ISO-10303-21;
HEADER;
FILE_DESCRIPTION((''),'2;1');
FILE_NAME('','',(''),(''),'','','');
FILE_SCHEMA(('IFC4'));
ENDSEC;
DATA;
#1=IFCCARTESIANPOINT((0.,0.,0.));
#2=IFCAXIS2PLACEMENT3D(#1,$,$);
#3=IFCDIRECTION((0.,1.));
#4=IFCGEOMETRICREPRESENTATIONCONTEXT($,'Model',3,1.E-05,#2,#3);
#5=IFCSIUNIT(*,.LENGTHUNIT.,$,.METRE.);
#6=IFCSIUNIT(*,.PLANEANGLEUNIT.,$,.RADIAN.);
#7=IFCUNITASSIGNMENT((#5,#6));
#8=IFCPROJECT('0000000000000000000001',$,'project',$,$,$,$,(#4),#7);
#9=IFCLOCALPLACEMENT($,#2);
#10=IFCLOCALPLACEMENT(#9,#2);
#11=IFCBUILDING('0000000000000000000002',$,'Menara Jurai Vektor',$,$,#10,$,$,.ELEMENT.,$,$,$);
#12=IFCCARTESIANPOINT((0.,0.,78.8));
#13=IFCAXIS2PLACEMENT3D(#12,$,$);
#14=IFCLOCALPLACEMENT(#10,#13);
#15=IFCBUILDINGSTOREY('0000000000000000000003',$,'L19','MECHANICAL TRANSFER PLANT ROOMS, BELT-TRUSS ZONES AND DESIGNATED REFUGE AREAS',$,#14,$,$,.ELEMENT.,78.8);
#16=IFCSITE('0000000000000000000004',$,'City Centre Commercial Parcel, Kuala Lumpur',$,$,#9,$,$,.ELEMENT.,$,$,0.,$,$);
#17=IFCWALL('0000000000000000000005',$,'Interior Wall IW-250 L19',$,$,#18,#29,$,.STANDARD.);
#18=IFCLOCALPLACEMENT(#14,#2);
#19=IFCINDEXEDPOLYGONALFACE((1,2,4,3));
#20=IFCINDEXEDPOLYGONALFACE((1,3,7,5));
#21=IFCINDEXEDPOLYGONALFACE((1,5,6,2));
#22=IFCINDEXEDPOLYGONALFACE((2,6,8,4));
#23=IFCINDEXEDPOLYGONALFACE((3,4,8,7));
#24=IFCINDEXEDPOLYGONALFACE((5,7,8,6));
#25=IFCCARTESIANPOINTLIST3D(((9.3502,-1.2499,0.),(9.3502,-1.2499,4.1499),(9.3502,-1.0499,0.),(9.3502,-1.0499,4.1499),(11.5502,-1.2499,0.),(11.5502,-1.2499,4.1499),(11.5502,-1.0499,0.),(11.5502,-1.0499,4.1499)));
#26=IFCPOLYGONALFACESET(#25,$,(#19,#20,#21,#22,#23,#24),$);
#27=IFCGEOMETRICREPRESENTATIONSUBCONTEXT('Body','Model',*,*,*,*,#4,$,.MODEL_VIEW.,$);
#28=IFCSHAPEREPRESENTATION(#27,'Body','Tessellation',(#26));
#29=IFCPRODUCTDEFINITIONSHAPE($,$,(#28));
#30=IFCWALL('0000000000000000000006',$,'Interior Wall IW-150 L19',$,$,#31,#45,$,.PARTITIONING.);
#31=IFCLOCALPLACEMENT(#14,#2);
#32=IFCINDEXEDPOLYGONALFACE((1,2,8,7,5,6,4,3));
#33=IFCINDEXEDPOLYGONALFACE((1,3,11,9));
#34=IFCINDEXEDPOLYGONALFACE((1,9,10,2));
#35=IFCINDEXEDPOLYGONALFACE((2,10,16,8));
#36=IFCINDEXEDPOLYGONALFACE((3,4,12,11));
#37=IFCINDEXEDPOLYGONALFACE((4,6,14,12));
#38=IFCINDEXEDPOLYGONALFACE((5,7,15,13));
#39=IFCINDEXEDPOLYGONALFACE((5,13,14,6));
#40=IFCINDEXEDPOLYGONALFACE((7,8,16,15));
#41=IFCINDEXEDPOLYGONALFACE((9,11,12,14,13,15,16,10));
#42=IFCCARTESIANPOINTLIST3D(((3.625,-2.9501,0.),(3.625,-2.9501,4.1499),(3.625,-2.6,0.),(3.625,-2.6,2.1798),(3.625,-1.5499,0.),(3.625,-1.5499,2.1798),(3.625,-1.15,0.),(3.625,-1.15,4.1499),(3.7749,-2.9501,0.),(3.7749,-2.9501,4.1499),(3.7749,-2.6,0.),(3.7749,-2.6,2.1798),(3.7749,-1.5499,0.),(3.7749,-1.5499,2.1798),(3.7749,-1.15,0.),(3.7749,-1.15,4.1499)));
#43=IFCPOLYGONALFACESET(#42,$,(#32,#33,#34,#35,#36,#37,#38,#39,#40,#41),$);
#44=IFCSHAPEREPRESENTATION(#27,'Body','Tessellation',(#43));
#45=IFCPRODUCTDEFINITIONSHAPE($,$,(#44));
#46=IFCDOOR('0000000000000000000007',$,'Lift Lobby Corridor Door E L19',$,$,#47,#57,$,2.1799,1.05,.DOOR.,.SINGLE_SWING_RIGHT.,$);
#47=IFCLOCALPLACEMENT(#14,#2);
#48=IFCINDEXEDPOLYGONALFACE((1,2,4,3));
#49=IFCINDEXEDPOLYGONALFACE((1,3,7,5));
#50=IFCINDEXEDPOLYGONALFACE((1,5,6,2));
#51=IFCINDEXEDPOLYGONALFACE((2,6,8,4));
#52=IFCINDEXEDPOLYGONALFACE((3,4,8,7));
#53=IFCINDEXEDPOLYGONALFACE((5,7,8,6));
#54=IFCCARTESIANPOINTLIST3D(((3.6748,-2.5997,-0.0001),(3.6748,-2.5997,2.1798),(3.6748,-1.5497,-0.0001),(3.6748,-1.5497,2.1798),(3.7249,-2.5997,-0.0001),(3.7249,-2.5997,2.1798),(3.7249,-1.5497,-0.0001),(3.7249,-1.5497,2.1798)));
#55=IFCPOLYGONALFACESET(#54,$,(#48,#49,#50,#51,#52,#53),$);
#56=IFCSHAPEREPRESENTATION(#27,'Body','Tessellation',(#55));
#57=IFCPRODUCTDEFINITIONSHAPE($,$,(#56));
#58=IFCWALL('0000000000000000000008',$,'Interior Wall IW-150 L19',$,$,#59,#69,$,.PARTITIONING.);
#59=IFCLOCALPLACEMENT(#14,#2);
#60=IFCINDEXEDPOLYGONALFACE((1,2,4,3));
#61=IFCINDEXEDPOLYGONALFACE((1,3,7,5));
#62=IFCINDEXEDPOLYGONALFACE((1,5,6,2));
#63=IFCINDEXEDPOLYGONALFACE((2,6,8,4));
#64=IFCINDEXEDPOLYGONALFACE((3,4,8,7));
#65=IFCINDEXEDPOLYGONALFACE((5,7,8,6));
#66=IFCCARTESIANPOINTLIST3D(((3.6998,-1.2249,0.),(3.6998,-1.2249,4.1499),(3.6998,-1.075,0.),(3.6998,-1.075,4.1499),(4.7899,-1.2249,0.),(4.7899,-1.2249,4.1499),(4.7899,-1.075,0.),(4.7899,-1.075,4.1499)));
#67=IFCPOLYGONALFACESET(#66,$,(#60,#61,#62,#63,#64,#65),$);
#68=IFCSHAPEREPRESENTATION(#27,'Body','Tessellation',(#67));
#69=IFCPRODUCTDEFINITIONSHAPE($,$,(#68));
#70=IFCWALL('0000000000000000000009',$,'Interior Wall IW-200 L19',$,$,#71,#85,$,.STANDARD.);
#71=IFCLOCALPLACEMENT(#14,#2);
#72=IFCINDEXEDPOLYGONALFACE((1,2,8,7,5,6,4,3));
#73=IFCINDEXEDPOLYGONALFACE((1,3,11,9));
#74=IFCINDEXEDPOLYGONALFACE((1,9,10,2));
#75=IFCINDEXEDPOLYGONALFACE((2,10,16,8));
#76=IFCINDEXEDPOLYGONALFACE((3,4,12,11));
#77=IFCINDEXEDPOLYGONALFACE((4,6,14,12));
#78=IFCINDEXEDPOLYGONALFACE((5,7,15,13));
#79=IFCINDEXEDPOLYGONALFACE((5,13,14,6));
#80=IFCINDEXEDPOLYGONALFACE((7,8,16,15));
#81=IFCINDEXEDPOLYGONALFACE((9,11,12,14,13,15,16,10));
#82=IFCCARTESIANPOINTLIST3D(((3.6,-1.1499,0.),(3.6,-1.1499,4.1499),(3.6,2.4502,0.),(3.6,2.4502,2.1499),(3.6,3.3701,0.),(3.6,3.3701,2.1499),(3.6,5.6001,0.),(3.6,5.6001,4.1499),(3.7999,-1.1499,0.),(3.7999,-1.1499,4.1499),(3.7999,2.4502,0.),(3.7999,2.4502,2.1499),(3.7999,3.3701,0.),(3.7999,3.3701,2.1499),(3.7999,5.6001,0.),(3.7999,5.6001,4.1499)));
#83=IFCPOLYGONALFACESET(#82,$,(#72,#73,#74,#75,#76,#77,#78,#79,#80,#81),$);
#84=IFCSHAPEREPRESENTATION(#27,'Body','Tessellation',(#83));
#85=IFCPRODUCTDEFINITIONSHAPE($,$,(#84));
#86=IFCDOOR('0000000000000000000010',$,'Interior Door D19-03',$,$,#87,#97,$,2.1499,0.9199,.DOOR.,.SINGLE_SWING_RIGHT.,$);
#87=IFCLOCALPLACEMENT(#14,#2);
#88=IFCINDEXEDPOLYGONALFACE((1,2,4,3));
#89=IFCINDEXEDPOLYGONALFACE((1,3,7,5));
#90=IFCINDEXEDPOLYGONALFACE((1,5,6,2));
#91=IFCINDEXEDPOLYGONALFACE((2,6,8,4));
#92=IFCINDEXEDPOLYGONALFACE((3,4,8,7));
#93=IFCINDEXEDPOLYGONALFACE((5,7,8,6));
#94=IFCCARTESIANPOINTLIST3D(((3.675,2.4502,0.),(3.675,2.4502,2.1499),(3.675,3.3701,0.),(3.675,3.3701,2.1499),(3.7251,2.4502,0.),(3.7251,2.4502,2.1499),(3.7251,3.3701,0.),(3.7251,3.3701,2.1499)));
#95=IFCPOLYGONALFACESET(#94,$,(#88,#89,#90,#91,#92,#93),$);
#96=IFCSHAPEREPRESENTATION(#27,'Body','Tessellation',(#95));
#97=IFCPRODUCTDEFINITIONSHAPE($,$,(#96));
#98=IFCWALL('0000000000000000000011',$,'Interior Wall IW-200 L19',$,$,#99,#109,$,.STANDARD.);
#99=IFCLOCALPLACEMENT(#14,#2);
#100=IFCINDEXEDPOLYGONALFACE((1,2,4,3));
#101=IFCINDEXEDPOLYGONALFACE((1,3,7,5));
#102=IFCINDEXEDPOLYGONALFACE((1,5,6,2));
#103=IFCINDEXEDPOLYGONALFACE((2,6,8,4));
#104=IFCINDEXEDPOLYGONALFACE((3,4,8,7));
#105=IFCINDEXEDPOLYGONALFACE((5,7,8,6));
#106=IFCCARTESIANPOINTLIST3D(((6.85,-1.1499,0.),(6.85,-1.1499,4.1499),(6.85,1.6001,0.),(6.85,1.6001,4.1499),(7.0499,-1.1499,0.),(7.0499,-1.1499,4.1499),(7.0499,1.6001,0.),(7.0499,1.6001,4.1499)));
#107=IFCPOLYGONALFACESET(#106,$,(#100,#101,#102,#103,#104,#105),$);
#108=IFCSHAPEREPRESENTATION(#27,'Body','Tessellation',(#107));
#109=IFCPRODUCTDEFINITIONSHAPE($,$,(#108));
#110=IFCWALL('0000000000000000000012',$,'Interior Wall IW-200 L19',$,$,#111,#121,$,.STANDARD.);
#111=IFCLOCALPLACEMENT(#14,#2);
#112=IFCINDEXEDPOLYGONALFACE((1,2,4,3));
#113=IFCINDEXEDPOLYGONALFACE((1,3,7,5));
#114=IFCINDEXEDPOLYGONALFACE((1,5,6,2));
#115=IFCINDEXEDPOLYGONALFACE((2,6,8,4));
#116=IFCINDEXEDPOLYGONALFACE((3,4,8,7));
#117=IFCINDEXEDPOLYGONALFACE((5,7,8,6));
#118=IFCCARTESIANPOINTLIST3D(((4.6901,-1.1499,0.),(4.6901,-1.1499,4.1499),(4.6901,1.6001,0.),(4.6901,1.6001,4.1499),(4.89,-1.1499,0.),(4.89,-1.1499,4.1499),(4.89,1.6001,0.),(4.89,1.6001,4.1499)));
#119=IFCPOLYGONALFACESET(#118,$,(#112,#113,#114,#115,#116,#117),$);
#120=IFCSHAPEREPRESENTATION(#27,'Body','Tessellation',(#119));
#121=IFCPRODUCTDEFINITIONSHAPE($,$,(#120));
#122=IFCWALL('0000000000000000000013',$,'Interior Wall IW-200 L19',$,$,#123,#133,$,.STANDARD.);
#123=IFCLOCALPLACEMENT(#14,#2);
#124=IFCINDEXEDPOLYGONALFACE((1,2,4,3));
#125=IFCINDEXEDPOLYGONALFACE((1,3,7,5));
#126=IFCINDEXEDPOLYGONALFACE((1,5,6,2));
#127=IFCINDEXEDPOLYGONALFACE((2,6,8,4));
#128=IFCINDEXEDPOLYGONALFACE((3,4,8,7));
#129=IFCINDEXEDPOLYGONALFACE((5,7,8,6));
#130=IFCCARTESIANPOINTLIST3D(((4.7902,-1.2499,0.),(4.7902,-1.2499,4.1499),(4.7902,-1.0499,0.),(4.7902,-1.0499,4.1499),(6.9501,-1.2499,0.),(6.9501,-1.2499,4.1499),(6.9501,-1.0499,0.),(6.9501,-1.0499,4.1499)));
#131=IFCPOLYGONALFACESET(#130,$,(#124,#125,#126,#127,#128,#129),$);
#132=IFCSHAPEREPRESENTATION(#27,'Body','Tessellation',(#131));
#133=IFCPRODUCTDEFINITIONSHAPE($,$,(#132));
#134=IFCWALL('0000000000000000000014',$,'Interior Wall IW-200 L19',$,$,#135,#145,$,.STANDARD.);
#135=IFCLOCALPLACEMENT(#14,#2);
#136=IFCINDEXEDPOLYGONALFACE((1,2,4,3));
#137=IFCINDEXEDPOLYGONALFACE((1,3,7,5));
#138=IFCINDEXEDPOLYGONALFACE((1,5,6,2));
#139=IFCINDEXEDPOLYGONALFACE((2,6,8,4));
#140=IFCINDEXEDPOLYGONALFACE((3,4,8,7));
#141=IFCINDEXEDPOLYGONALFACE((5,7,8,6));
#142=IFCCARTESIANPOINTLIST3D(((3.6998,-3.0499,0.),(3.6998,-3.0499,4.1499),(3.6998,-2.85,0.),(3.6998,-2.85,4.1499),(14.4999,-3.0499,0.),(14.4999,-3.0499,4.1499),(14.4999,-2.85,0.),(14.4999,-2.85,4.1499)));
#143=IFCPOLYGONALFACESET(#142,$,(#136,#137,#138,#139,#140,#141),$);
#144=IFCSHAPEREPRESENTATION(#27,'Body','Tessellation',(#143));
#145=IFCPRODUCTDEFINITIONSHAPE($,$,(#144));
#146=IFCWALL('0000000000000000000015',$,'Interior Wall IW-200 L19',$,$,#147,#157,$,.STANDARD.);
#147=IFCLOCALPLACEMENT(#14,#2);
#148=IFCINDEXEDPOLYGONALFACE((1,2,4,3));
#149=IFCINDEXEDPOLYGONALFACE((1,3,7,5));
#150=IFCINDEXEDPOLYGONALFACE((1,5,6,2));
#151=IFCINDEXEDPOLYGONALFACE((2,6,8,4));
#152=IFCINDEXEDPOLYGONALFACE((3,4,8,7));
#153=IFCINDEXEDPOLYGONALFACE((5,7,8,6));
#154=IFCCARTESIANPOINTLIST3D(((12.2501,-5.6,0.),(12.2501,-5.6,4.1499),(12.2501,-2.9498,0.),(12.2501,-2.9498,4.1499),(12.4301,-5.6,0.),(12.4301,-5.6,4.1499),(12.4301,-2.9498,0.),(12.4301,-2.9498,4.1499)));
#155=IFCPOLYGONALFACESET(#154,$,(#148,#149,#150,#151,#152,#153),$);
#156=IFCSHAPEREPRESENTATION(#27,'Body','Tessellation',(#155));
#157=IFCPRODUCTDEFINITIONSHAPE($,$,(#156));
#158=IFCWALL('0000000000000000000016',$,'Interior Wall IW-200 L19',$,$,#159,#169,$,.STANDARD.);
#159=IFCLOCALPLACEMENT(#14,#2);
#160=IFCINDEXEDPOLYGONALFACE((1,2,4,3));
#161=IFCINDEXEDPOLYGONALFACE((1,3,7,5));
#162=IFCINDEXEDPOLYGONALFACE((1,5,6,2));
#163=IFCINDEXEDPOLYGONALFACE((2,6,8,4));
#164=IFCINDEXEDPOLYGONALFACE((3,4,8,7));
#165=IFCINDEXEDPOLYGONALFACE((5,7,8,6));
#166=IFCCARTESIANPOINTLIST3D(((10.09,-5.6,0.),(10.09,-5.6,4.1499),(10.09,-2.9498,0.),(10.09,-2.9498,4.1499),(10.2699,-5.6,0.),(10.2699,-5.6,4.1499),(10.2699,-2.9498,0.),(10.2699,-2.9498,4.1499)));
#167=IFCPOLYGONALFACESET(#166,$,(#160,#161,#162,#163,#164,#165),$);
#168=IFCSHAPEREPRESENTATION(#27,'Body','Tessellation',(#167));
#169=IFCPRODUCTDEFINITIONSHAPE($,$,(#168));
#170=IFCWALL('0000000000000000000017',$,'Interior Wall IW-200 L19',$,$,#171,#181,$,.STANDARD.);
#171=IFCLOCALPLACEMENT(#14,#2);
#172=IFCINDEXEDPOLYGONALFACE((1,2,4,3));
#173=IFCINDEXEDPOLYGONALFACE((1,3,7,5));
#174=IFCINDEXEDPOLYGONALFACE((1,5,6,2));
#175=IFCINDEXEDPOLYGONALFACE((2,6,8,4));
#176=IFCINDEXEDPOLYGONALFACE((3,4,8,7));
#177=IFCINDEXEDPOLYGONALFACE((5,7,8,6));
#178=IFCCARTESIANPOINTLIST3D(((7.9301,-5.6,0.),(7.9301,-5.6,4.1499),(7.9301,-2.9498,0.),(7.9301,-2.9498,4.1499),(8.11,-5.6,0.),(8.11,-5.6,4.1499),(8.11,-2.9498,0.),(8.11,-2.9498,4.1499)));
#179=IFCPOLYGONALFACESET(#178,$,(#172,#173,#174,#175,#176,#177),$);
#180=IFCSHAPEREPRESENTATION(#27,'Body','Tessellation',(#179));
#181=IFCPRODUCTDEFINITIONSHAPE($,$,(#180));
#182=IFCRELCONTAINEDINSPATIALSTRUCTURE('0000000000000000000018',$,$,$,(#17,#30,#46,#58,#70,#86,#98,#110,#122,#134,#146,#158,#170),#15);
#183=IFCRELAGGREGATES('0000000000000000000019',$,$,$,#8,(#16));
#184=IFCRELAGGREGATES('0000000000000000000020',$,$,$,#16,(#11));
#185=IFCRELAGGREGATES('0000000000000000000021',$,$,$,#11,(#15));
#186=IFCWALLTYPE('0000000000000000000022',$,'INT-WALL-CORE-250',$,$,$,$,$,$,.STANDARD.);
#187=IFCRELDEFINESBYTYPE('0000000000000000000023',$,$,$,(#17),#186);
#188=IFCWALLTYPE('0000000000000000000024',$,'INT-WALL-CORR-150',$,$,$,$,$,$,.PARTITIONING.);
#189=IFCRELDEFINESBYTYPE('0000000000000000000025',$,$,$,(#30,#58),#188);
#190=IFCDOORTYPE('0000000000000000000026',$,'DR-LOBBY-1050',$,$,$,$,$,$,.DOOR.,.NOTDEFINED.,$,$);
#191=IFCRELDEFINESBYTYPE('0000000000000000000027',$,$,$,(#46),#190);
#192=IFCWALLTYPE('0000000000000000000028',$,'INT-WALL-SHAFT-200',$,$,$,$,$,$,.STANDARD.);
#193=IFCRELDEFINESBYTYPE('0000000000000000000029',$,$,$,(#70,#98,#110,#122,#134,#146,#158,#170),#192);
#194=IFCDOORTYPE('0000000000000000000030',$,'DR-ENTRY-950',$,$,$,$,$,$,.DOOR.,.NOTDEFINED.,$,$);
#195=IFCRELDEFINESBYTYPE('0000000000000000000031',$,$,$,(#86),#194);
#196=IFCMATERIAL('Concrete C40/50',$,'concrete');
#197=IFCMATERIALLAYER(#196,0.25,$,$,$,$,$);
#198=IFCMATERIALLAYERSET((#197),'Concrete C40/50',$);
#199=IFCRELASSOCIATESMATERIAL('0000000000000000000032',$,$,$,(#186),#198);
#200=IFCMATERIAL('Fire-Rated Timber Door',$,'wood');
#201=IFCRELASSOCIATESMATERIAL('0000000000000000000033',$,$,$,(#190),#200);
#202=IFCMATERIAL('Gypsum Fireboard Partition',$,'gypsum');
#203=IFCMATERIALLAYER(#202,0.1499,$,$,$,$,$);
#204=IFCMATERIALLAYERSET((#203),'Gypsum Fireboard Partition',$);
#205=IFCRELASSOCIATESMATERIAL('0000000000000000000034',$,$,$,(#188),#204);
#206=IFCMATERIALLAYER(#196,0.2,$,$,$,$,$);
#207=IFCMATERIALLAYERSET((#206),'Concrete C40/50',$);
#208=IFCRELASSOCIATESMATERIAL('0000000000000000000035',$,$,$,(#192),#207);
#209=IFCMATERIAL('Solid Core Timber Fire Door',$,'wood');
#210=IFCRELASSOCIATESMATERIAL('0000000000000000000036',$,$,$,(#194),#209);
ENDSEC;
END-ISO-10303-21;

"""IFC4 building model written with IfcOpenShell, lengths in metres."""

from ifc_helpers import new_model, si_unit, direction, frame, frame_2d, origin, place, context, subcontext, project, spatial, rectangle, extrude, material, layer, layer_set, type_object, element, fill, save


model = new_model("IFC4")

# Units and contexts
model_context = context("Model", 3, precision=1e-05, world=origin(), true_north=direction((0.0, 1.0)))
body_context = subcontext(model_context, "Body", "Model", "MODEL_VIEW")
ifc_project = project(units=[si_unit("LENGTHUNIT", "METRE"), si_unit("PLANEANGLEUNIT", "RADIAN")], contexts=[model_context])

# Site, building, storey
site_placement = place(None, origin())
site = spatial("IfcSite", under=ifc_project, at=site_placement, Name="City Centre Commercial Parcel, Kuala Lumpur", CompositionType="ELEMENT", RefElevation=0.0)
building_placement = place(site_placement, origin())
building = spatial("IfcBuilding", under=site, at=building_placement, Name="Menara Jurai Vektor", CompositionType="ELEMENT")
storey_placement = place(building_placement, frame((0.0, 0.0, 78.8)))
storey = spatial("IfcBuildingStorey", under=building, at=storey_placement, Name="L19", Description="MECHANICAL TRANSFER PLANT ROOMS, BELT-TRUSS ZONES AND DESIGNATED REFUGE AREAS", CompositionType="ELEMENT", Elevation=78.8)

# Shared definitions
ifc_material_1 = material(Name="Concrete C40/50", Category="concrete")

# Shared definitions
ifc_layer_1 = layer(ifc_material_1, 0.25)
ifc_layer_set_1 = layer_set([ifc_layer_1], Name="Concrete C40/50")
wall_type_1 = type_object("IfcWallType", Name="INT-WALL-CORE-250", PredefinedType="STANDARD", material=ifc_layer_set_1)

# Shared definitions
ifc_material_2 = material(Name="Fire-Rated Timber Door", Category="wood")
door_type_1 = type_object("IfcDoorType", Name="DR-LOBBY-1050", OperationType="NOTDEFINED", PredefinedType="DOOR", material=ifc_material_2)

# Wall
wall_1_placement = place(storey_placement, frame((9.3501, -1.1499, 0.0), z_axis=(0.0, 0.0, 1.0), x_axis=(1.0, 0.0, 0.0)))
element("IfcWall", 1, at=wall_1_placement, inside=storey, type_object=wall_type_1, Name="Interior Wall IW-250 L19", PredefinedType="STANDARD", context=body_context, shape_type="SweptSolid", body=[
    extrude(rectangle(XDim=2.2, YDim=0.2, at=frame_2d((1.1001, 0.0))), origin(), (0.0, 0.0, 1.0), 4.1499),
])

# Wall, opening, door
ifc_material_3 = material(Name="Gypsum Fireboard Partition", Category="gypsum")
ifc_layer_2 = layer(ifc_material_3, 0.1499)
ifc_layer_set_2 = layer_set([ifc_layer_2], Name="Gypsum Fireboard Partition")
wall_type_2 = type_object("IfcWallType", Name="INT-WALL-CORR-150", PredefinedType="PARTITIONING", material=ifc_layer_set_2)
wall_2_placement = place(storey_placement, frame((3.7, -2.95, 0.0), z_axis=(0.0, 0.0, 1.0), x_axis=(0.0, 1.0, 0.0)))
wall_2 = element("IfcWall", 2, at=wall_2_placement, inside=storey, type_object=wall_type_2, Name="Interior Wall IW-150 L19", PredefinedType="PARTITIONING", context=body_context, shape_type="SweptSolid", body=[
    extrude(rectangle(XDim=1.8, YDim=0.1499, at=frame_2d((0.8999, 0.0))), origin(), (0.0, 0.0, 1.0), 4.1499),
])
opening_1_placement = place(wall_2_placement, frame((0.3501, 0.0, 0.0)))
opening_1 = element("IfcOpeningElement", 3, at=opening_1_placement, cuts=wall_2, PredefinedType="OPENING", context=body_context, shape_type="SweptSolid", body=[
    extrude(rectangle(XDim=1.05, YDim=2.1799, at=frame_2d((0.5249, 1.0898))), frame((0.0, 0.085, 0.0), z_axis=(0.0, -1.0, 0.0), x_axis=(1.0, 0.0, 0.0)), (0.0, 0.0, 1.0), 0.1699),
])
door_1_placement = place(opening_1_placement, frame((1.05, 0.0, 0.0), z_axis=(0.0, 0.0, 1.0), x_axis=(-1.0, 0.0, 0.0)))
door_1 = element("IfcDoor", 4, at=door_1_placement, inside=storey, type_object=door_type_1, Name="Lift Lobby Corridor Door E L19", OperationType="SINGLE_SWING_RIGHT", OverallHeight=2.1799, OverallWidth=1.05, PredefinedType="DOOR", context=body_context, shape_type="SweptSolid", body=[
    extrude(rectangle(XDim=1.05, YDim=2.1799, at=frame_2d((0.5249, 1.0898))), frame((0.0, 0.0249, 0.0), z_axis=(0.0, -1.0, 0.0), x_axis=(1.0, 0.0, 0.0)), (0.0, 0.0, 1.0), 0.05),
])
fill(opening_1, door_1)

# Wall
wall_3_placement = place(storey_placement, frame((3.7, -1.1499, 0.0), z_axis=(0.0, 0.0, 1.0), x_axis=(1.0, 0.0, 0.0)))
element("IfcWall", 5, at=wall_3_placement, inside=storey, type_object=wall_type_2, Name="Interior Wall IW-150 L19", PredefinedType="PARTITIONING", context=body_context, shape_type="SweptSolid", body=[
    extrude(rectangle(XDim=1.0901, YDim=0.1499, at=frame_2d((0.5449, 0.0))), origin(), (0.0, 0.0, 1.0), 4.1499),
])

# Wall, opening, door
ifc_layer_3 = layer(ifc_material_1, 0.2)
ifc_layer_set_3 = layer_set([ifc_layer_3], Name="Concrete C40/50")
wall_type_3 = type_object("IfcWallType", Name="INT-WALL-SHAFT-200", PredefinedType="STANDARD", material=ifc_layer_set_3)
wall_4_placement = place(storey_placement, frame((3.7, -1.1499, 0.0), z_axis=(0.0, 0.0, 1.0), x_axis=(0.0, 1.0, 0.0)))
wall_4 = element("IfcWall", 6, at=wall_4_placement, inside=storey, type_object=wall_type_3, Name="Interior Wall IW-200 L19", PredefinedType="STANDARD", context=body_context, shape_type="SweptSolid", body=[
    extrude(rectangle(XDim=6.75, YDim=0.2, at=frame_2d((3.375, 0.0))), origin(), (0.0, 0.0, 1.0), 4.1499),
])
opening_2_placement = place(wall_4_placement, frame((3.6001, 0.0, 0.0)))
opening_2 = element("IfcOpeningElement", 7, at=opening_2_placement, cuts=wall_4, PredefinedType="OPENING", context=body_context, shape_type="SweptSolid", body=[
    extrude(rectangle(XDim=0.9199, YDim=2.1499, at=frame_2d((0.46, 1.075))), frame((0.0, 0.1099, 0.0), z_axis=(0.0, -1.0, 0.0), x_axis=(1.0, 0.0, 0.0)), (0.0, 0.0, 1.0), 0.22),
])
ifc_material_4 = material(Name="Solid Core Timber Fire Door", Category="wood")
door_type_2 = type_object("IfcDoorType", Name="DR-ENTRY-950", OperationType="NOTDEFINED", PredefinedType="DOOR", material=ifc_material_4)
door_2_placement = place(opening_2_placement, origin())
door_2 = element("IfcDoor", 8, at=door_2_placement, inside=storey, type_object=door_type_2, Name="Interior Door D19-03", OperationType="SINGLE_SWING_RIGHT", OverallHeight=2.1499, OverallWidth=0.9199, PredefinedType="DOOR", context=body_context, shape_type="SweptSolid", body=[
    extrude(rectangle(XDim=0.9199, YDim=2.1499, at=frame_2d((0.46, 1.075))), frame((0.0, 0.0249, 0.0), z_axis=(0.0, -1.0, 0.0), x_axis=(1.0, 0.0, 0.0)), (0.0, 0.0, 1.0), 0.05),
])
fill(opening_2, door_2)

# Wall
wall_5_placement = place(storey_placement, frame((6.95, -1.1499, 0.0), z_axis=(0.0, 0.0, 1.0), x_axis=(0.0, 1.0, 0.0)))
element("IfcWall", 9, at=wall_5_placement, inside=storey, type_object=wall_type_3, Name="Interior Wall IW-200 L19", PredefinedType="STANDARD", context=body_context, shape_type="SweptSolid", body=[
    extrude(rectangle(XDim=2.75, YDim=0.2, at=frame_2d((1.375, 0.0))), origin(), (0.0, 0.0, 1.0), 4.1499),
])

# Walls
wall_6_placement = place(storey_placement, frame((4.79, -1.1499, 0.0), z_axis=(0.0, 0.0, 1.0), x_axis=(0.0, 1.0, 0.0)))
element("IfcWall", 10, at=wall_6_placement, inside=storey, type_object=wall_type_3, Name="Interior Wall IW-200 L19", PredefinedType="STANDARD", context=body_context, shape_type="SweptSolid", body=[
    extrude(rectangle(XDim=2.75, YDim=0.2, at=frame_2d((1.375, 0.0))), origin(), (0.0, 0.0, 1.0), 4.1499),
])
wall_7_placement = place(storey_placement, frame((4.79, -1.1499, 0.0), z_axis=(0.0, 0.0, 1.0), x_axis=(1.0, 0.0, 0.0)))
element("IfcWall", 11, at=wall_7_placement, inside=storey, type_object=wall_type_3, Name="Interior Wall IW-200 L19", PredefinedType="STANDARD", context=body_context, shape_type="SweptSolid", body=[
    extrude(rectangle(XDim=2.1599, YDim=0.2, at=frame_2d((1.0801, 0.0))), origin(), (0.0, 0.0, 1.0), 4.1499),
])
wall_8_placement = place(storey_placement, frame((3.7, -2.95, 0.0), z_axis=(0.0, 0.0, 1.0), x_axis=(1.0, 0.0, 0.0)))
element("IfcWall", 12, at=wall_8_placement, inside=storey, type_object=wall_type_3, Name="Interior Wall IW-200 L19", PredefinedType="STANDARD", context=body_context, shape_type="SweptSolid", body=[
    extrude(rectangle(XDim=10.8, YDim=0.2, at=frame_2d((5.3999, 0.0))), origin(), (0.0, 0.0, 1.0), 4.1499),
])
for number, where, z_axis, x_axis, name in (
    (13, (12.3401, -5.6001, 0.0), (0.0, 0.0, 1.0), (0.0, 1.0, 0.0), "Interior Wall IW-200 L19"),
    (14, (10.1799, -5.6001, 0.0), (0.0, 0.0, 1.0), (0.0, 1.0, 0.0), "Interior Wall IW-200 L19"),
    (15, (8.02, -5.6001, 0.0), (0.0, 0.0, 1.0), (0.0, 1.0, 0.0), "Interior Wall IW-200 L19"),
):
    element("IfcWall", number, at=place(storey_placement, frame(where, z_axis=z_axis, x_axis=x_axis)), inside=storey, type_object=wall_type_3, Name=name, PredefinedType="STANDARD", context=body_context, shape_type="SweptSolid", body=[
        extrude(rectangle(XDim=2.6501, YDim=0.1799, at=frame_2d((1.3252, 0.0))), origin(), (0.0, 0.0, 1.0), 4.1499),
    ])

save(model, "model.ifc")
